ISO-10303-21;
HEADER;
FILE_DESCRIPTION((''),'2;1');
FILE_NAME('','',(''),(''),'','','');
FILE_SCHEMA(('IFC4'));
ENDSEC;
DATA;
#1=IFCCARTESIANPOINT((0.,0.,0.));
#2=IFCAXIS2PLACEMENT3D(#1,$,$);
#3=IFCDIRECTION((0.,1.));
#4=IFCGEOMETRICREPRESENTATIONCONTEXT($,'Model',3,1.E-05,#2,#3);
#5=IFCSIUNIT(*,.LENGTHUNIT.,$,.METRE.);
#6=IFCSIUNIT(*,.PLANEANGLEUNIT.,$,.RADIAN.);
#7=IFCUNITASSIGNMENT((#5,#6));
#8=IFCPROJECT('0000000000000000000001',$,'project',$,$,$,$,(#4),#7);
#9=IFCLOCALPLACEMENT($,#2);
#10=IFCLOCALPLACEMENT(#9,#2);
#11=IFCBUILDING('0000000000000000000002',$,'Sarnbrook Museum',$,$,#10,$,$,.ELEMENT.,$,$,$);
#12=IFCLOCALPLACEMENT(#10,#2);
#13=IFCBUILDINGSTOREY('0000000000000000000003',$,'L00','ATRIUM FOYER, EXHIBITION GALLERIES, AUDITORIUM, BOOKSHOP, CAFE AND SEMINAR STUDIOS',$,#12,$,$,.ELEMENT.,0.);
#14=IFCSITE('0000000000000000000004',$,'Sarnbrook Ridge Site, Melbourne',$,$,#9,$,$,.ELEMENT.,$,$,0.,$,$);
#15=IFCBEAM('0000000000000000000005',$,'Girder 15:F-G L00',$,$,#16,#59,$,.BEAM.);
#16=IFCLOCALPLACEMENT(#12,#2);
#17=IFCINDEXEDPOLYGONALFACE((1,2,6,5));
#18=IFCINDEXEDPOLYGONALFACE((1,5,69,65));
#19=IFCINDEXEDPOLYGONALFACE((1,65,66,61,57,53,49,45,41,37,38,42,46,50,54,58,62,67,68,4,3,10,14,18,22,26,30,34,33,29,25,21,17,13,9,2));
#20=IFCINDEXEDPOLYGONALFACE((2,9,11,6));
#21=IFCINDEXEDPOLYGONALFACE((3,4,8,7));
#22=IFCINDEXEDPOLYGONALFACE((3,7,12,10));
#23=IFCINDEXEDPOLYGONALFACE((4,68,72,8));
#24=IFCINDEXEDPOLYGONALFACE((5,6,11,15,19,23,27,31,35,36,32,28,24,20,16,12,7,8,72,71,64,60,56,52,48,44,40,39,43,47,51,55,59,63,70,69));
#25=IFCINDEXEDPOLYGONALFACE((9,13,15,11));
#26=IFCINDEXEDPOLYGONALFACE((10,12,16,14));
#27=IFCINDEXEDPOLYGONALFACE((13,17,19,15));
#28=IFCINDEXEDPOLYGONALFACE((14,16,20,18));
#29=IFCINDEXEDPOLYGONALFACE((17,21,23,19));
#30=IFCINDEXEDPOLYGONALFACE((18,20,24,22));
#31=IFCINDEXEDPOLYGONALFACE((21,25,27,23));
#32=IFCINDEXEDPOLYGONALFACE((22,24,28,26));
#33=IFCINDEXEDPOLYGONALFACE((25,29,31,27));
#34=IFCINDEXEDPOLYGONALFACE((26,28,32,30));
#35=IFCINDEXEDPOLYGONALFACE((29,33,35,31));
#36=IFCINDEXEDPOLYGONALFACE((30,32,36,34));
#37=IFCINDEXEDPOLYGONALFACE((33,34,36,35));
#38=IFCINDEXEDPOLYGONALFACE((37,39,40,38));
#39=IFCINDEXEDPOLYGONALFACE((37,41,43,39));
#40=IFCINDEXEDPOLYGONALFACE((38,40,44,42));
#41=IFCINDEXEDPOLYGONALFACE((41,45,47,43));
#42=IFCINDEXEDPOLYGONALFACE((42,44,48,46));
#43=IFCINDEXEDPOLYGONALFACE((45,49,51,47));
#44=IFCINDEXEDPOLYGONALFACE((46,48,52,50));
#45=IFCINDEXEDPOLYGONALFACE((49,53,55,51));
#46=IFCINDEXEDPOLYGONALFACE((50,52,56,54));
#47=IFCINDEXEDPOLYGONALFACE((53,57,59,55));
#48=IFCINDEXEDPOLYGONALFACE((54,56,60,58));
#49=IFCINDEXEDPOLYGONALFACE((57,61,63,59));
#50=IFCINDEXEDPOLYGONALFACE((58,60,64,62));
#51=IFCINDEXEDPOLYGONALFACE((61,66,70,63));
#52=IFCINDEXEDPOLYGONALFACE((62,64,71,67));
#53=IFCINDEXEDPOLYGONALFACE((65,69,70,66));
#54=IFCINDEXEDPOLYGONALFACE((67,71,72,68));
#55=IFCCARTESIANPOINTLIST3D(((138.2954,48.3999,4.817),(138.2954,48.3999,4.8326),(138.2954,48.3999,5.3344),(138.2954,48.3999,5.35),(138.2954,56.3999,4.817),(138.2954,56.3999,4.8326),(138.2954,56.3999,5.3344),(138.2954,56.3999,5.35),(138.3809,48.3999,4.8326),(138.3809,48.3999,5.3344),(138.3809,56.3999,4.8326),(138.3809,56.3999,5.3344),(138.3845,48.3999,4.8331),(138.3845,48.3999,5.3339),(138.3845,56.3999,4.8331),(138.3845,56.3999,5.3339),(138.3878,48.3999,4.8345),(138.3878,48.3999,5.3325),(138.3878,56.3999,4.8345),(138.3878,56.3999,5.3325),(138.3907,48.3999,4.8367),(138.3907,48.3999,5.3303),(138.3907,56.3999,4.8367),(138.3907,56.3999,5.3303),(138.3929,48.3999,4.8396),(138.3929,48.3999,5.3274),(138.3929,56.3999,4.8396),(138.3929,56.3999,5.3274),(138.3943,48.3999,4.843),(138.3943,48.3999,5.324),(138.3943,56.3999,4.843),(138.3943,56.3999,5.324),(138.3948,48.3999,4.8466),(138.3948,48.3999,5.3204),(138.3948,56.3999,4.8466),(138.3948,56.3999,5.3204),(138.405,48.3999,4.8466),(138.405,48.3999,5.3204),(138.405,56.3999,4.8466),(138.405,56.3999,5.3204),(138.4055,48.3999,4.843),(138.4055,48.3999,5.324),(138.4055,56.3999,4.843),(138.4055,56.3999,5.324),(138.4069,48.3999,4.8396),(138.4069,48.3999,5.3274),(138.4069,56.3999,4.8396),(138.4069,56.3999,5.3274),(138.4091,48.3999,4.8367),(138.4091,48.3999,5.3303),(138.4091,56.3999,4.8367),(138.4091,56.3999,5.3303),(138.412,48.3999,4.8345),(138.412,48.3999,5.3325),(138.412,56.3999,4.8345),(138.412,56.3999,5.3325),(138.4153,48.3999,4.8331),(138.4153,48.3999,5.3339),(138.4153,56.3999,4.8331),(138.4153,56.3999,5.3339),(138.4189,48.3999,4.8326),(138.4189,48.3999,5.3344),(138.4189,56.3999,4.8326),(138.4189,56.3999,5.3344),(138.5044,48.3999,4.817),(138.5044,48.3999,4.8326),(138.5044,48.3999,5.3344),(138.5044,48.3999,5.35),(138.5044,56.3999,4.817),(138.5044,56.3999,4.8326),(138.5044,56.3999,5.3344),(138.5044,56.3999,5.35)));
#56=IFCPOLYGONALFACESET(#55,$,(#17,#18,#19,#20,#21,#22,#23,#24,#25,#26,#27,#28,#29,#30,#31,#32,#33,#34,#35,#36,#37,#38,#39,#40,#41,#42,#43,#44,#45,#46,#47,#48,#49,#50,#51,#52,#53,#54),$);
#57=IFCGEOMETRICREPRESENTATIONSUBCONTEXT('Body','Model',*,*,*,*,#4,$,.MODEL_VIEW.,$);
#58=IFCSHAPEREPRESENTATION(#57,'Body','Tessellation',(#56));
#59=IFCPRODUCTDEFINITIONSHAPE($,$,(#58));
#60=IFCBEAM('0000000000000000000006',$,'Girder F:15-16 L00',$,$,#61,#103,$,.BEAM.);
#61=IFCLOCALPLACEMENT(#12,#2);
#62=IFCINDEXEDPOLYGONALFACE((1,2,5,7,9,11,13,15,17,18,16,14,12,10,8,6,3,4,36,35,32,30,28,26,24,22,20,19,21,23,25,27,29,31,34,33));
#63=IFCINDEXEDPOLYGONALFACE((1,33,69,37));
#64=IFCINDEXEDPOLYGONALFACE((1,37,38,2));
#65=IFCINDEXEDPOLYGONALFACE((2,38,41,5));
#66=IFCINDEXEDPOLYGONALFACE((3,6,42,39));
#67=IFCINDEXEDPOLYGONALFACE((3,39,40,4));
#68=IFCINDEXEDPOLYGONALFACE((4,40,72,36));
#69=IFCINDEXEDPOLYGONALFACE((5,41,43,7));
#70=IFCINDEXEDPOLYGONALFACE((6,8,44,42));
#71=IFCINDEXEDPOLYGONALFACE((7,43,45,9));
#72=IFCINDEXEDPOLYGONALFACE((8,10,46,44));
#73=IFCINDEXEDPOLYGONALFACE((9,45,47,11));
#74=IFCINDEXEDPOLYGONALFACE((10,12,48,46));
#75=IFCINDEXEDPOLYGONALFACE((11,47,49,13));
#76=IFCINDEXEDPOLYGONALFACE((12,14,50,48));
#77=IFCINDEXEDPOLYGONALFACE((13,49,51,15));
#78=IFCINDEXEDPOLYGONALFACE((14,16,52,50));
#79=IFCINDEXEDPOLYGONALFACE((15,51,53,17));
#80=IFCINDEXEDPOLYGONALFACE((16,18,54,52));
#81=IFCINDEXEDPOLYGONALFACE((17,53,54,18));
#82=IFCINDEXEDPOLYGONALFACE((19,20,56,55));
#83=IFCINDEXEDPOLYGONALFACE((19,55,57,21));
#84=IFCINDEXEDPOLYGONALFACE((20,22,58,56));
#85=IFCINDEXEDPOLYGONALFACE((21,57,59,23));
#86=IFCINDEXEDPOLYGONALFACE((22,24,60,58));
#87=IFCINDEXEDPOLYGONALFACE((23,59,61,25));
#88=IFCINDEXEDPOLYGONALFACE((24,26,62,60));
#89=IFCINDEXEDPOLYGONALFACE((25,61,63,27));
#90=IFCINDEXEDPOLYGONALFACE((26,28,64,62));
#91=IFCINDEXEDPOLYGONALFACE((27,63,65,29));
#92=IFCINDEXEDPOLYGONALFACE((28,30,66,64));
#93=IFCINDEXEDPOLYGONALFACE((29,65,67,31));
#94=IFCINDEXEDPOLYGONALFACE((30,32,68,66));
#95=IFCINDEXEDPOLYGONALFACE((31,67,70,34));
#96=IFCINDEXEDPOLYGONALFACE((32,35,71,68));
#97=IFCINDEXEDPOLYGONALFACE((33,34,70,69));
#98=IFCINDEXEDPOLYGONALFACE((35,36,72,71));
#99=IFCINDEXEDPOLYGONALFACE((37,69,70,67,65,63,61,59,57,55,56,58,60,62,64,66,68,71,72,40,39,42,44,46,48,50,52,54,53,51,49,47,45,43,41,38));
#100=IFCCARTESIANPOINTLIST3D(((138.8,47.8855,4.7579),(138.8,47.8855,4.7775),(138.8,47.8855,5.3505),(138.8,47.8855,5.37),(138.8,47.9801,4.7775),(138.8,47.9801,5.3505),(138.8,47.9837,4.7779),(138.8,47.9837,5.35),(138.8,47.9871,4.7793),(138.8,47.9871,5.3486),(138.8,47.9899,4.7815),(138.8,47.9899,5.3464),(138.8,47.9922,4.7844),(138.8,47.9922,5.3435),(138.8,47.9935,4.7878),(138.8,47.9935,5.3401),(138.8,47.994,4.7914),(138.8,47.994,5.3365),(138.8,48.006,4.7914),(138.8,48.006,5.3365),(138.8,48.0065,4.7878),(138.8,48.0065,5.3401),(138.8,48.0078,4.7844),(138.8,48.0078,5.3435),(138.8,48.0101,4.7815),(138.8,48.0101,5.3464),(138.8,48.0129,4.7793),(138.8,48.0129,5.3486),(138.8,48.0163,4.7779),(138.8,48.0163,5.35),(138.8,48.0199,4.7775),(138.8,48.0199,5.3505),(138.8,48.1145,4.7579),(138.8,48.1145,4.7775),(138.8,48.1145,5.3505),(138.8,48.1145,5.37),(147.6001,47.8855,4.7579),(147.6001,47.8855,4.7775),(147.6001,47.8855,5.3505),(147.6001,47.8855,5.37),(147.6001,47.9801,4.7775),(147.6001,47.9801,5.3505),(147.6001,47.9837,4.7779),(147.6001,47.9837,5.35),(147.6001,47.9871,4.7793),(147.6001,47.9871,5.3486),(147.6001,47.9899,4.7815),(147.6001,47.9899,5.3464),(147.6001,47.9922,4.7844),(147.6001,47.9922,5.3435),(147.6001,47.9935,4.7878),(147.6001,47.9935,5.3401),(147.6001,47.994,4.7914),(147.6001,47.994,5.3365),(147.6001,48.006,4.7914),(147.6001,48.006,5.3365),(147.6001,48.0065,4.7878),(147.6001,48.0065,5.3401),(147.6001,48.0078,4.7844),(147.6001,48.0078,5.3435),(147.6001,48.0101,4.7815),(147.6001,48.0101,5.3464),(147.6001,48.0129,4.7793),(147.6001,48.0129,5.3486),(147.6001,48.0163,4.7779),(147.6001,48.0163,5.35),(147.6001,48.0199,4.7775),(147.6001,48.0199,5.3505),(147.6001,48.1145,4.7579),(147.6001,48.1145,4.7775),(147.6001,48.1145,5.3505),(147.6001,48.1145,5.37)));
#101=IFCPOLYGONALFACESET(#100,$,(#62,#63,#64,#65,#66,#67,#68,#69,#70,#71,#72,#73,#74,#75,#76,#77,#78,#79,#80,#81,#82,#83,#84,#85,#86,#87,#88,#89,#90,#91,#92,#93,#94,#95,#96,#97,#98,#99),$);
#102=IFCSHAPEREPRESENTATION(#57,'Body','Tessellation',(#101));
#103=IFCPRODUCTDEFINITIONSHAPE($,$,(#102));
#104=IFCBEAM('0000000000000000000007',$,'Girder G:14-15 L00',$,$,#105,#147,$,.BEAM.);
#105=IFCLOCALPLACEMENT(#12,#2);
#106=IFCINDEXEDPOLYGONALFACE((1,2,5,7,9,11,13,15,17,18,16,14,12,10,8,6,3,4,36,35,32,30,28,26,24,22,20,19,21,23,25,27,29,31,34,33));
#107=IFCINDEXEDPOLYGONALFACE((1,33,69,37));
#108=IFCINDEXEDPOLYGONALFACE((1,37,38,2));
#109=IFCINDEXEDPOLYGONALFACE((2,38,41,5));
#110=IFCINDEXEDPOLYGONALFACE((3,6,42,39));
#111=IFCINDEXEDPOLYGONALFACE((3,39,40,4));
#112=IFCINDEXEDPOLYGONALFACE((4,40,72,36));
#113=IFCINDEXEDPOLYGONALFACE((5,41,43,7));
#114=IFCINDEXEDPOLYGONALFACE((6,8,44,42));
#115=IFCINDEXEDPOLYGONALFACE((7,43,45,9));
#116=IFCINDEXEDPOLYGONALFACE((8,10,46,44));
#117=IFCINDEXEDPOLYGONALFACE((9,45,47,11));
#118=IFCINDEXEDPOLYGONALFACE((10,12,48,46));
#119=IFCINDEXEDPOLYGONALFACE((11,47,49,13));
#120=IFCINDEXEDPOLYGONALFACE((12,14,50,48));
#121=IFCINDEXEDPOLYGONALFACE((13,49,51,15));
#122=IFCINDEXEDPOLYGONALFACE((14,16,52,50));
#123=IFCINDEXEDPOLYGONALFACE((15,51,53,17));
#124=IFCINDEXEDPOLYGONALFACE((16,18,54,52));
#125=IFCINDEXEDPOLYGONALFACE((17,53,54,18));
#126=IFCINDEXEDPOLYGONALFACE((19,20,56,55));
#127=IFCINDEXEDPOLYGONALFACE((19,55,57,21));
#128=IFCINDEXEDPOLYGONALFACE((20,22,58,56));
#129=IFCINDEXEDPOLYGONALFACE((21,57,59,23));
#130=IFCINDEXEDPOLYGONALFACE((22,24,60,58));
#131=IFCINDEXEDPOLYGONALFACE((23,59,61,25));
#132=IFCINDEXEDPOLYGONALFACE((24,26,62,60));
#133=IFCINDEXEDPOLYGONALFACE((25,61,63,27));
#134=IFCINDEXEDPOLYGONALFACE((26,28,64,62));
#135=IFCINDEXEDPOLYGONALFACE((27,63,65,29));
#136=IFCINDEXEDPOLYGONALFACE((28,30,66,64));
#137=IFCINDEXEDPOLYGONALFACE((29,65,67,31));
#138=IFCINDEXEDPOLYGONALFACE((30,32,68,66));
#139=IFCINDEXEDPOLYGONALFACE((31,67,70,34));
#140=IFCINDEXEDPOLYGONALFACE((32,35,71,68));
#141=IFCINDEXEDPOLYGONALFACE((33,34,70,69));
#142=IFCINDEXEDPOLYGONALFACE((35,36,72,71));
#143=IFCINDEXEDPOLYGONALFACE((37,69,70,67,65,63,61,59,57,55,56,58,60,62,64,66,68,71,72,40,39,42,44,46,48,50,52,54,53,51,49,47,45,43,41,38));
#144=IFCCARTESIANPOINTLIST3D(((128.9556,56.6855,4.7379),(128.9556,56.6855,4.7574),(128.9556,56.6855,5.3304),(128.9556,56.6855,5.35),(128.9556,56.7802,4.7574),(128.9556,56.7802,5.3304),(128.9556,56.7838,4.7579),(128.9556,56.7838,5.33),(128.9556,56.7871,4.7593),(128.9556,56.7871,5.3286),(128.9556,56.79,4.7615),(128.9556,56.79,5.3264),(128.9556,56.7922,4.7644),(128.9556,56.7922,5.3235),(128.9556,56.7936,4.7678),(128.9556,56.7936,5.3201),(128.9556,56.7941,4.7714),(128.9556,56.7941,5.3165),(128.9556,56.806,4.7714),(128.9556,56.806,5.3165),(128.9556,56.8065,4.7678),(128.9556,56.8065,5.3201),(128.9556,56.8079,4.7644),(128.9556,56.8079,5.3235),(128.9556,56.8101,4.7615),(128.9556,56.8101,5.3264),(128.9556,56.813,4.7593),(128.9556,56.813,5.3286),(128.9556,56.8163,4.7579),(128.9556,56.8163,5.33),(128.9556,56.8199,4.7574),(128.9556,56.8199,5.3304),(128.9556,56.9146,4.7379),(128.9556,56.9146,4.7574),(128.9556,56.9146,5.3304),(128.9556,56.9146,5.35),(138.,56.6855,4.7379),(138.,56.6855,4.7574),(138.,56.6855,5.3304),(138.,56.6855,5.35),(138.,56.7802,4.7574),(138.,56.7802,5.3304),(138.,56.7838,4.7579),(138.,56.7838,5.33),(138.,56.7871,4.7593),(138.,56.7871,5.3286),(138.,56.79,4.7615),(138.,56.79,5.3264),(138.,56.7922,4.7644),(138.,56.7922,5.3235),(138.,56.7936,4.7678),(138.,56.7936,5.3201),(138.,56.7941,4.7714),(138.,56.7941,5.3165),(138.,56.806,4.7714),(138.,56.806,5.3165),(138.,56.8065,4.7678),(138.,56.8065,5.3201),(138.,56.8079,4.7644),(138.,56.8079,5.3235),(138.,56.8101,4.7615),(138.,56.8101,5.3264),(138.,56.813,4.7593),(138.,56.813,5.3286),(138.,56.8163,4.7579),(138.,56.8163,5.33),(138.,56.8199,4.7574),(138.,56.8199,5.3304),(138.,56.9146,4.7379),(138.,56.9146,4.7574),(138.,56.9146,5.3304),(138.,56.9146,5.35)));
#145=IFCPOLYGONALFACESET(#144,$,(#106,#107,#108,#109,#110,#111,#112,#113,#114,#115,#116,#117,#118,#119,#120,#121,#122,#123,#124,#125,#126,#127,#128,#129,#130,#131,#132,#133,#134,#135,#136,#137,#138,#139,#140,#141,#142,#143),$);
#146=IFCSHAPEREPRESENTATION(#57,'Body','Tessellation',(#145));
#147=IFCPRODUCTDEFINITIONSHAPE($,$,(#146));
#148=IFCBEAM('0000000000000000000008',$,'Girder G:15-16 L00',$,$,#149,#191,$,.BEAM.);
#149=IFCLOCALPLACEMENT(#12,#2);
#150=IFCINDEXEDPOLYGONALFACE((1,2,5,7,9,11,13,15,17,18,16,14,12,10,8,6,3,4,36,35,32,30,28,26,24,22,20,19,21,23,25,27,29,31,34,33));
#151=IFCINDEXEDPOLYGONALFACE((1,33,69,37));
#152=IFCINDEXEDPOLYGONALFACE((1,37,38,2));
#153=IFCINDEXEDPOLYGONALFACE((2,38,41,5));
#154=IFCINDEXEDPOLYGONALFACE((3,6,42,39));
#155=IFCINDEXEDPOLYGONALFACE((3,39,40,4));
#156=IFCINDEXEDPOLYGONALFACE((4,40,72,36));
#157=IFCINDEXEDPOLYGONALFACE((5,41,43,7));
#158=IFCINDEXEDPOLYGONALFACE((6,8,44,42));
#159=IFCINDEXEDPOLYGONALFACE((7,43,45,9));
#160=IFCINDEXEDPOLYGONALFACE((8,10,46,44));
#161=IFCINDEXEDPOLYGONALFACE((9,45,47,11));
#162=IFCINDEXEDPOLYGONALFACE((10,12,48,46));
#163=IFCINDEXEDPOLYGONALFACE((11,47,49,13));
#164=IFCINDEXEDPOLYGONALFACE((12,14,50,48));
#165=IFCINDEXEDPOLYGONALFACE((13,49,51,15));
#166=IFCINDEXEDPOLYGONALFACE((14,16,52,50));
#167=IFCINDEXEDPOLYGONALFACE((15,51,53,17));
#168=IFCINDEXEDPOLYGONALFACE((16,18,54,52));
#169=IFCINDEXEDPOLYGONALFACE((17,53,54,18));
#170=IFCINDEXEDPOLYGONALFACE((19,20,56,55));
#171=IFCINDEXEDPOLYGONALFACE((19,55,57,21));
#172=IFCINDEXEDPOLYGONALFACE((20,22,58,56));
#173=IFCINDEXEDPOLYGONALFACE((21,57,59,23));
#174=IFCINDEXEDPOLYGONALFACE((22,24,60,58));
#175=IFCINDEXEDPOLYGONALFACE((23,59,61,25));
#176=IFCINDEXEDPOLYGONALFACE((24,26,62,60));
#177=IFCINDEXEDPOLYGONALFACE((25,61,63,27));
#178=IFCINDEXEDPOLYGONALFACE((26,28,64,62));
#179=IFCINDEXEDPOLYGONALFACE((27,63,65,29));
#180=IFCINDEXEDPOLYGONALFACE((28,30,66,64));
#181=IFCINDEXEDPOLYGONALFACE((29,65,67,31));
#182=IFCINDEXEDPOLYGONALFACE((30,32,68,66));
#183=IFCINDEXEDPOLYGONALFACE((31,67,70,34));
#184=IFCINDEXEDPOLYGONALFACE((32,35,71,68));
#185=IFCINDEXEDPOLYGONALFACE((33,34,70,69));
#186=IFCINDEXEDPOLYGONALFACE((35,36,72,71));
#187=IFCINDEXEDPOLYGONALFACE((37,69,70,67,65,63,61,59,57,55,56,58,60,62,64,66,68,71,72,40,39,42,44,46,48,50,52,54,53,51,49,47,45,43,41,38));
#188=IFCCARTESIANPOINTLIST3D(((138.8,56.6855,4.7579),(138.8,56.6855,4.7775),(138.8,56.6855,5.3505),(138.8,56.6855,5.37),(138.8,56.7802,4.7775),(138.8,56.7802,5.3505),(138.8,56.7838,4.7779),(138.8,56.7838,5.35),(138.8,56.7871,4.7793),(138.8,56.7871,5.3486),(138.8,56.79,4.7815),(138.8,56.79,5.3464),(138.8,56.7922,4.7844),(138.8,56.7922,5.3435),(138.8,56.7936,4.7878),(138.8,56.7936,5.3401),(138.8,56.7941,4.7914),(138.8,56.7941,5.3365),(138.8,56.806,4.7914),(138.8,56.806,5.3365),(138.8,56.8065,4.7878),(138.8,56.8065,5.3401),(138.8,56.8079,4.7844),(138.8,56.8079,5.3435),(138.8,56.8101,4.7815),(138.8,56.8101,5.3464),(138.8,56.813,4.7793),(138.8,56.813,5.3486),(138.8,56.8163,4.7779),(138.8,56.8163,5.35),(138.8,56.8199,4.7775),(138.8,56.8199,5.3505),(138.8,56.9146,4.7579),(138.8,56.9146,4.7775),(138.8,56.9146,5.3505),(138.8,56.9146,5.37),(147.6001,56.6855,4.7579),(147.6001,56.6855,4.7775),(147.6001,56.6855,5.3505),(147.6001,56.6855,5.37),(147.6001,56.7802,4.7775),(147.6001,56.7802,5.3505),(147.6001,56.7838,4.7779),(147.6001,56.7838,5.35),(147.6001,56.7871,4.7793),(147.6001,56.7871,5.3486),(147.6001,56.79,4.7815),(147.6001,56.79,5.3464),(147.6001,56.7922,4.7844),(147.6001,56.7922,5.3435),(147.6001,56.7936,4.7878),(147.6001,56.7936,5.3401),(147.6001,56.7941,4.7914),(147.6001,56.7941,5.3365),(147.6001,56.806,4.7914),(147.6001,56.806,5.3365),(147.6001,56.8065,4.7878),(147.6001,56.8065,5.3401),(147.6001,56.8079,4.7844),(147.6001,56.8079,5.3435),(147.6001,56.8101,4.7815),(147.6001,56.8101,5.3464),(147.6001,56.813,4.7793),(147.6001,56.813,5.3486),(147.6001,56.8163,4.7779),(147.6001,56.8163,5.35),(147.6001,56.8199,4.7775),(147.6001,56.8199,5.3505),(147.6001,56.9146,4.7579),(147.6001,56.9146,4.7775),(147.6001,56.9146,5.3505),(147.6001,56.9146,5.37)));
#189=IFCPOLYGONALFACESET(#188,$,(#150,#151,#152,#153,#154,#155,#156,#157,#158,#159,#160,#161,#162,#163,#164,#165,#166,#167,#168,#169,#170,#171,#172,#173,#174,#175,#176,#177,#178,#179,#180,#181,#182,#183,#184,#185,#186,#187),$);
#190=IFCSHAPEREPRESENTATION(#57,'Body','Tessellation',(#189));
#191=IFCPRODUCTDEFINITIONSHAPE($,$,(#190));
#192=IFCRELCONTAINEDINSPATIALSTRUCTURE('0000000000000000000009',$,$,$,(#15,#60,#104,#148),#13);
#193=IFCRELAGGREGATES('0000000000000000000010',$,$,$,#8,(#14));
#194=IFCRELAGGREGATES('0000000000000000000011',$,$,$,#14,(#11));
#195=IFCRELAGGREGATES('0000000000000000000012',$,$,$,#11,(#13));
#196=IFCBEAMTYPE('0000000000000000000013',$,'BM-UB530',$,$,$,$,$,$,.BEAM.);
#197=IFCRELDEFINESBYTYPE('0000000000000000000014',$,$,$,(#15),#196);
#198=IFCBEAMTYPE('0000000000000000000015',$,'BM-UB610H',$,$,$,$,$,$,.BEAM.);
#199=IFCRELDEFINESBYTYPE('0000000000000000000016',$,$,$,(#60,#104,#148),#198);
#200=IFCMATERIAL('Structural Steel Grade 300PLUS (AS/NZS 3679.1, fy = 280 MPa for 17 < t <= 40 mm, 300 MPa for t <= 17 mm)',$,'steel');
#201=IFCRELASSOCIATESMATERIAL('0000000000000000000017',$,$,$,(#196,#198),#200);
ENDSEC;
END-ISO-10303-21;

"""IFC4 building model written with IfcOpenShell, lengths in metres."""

from ifc_helpers import new_model, si_unit, direction, frame, origin, origin_2d, place, context, subcontext, project, spatial, i_section, extrude, material, material_profile, profile_set, type_object, element, save


model = new_model("IFC4")

# Units and contexts
model_context = context("Model", 3, precision=1e-05, world=origin(), true_north=direction((0.0, 1.0)))
body_context = subcontext(model_context, "Body", "Model", "MODEL_VIEW")
ifc_project = project(units=[si_unit("LENGTHUNIT", "METRE"), si_unit("PLANEANGLEUNIT", "RADIAN")], contexts=[model_context])

# Site, building, storey
site_placement = place(None, origin())
site = spatial("IfcSite", under=ifc_project, at=site_placement, Name="Sarnbrook Ridge Site, Melbourne", CompositionType="ELEMENT", RefElevation=0.0)
building_placement = place(site_placement, origin())
building = spatial("IfcBuilding", under=site, at=building_placement, Name="Sarnbrook Museum", CompositionType="ELEMENT")
storey_placement = place(building_placement, origin())
storey = spatial("IfcBuildingStorey", under=building, at=storey_placement, Name="L00", Description="ATRIUM FOYER, EXHIBITION GALLERIES, AUDITORIUM, BOOKSHOP, CAFE AND SEMINAR STUDIOS", CompositionType="ELEMENT", Elevation=0.0)

# Shared definitions
ifc_material_1 = material(Name="Structural Steel Grade 300PLUS (AS/NZS 3679.1, fy = 280 MPa for 17 < t <= 40 mm, 300 MPa for t <= 17 mm)", Category="steel")

# Beams
ifc_material_profile_1 = material_profile(ifc_material_1, i_section(OverallWidth=0.209, OverallDepth=0.533, WebThickness=0.0103, FlangeThickness=0.0156, FilletRadius=0.0139, at=origin_2d()), Name="530UB92.4")
ifc_profile_set_1 = profile_set([ifc_material_profile_1], Name="Structural Steel Grade 300PLUS (AS/NZS 3679.1, fy = 280 MPa for 17 < t <= 40 mm, 300 MPa for t <= 17 mm)")
beam_type_1 = type_object("IfcBeamType", Name="BM-UB530", PredefinedType="BEAM", material=ifc_profile_set_1)
beam_1_placement = place(storey_placement, frame((138.3999, 48.3999, 5.0835), z_axis=(0.0, 1.0, 0.0), x_axis=(-1.0, 0.0, 0.0)))
element("IfcBeam", 1, at=beam_1_placement, inside=storey, type_object=beam_type_1, Name="Girder 15:F-G L00", PredefinedType="BEAM", context=body_context, shape_type="SweptSolid", body=[
    extrude(i_section(OverallWidth=0.209, OverallDepth=0.533, WebThickness=0.0103, FlangeThickness=0.0156, FilletRadius=0.0139, at=origin_2d()), origin(), (0.0, 0.0, 1.0), 8.0),
])
ifc_material_profile_2 = material_profile(ifc_material_1, i_section(OverallWidth=0.229, OverallDepth=0.6121, WebThickness=0.012, FlangeThickness=0.0195, FilletRadius=0.0139, at=origin_2d()), Name="610UB125")
ifc_profile_set_2 = profile_set([ifc_material_profile_2], Name="Structural Steel Grade 300PLUS (AS/NZS 3679.1, fy = 280 MPa for 17 < t <= 40 mm, 300 MPa for t <= 17 mm)")
beam_type_2 = type_object("IfcBeamType", Name="BM-UB610H", PredefinedType="BEAM", material=ifc_profile_set_2)
beam_2_placement = place(storey_placement, frame((138.8, 48.0, 5.064), z_axis=(1.0, 0.0, 0.0), x_axis=(0.0, 1.0, 0.0)))
element("IfcBeam", 2, at=beam_2_placement, inside=storey, type_object=beam_type_2, Name="Girder F:15-16 L00", PredefinedType="BEAM", context=body_context, shape_type="SweptSolid", body=[
    extrude(i_section(OverallWidth=0.229, OverallDepth=0.6121, WebThickness=0.012, FlangeThickness=0.0195, FilletRadius=0.0139, at=origin_2d()), origin(), (0.0, 0.0, 1.0), 8.8),
])
beam_3_placement = place(storey_placement, frame((128.9556, 56.8, 5.0439), z_axis=(1.0, 0.0, 0.0), x_axis=(0.0, 1.0, 0.0)))
element("IfcBeam", 3, at=beam_3_placement, inside=storey, type_object=beam_type_2, Name="Girder G:14-15 L00", PredefinedType="BEAM", context=body_context, shape_type="SweptSolid", body=[
    extrude(i_section(OverallWidth=0.229, OverallDepth=0.6121, WebThickness=0.012, FlangeThickness=0.0195, FilletRadius=0.0139, at=origin_2d()), origin(), (0.0, 0.0, 1.0), 9.0444),
])
beam_4_placement = place(storey_placement, frame((138.8, 56.8, 5.064), z_axis=(1.0, 0.0, 0.0), x_axis=(0.0, 1.0, 0.0)))
element("IfcBeam", 4, at=beam_4_placement, inside=storey, type_object=beam_type_2, Name="Girder G:15-16 L00", PredefinedType="BEAM", context=body_context, shape_type="SweptSolid", body=[
    extrude(i_section(OverallWidth=0.229, OverallDepth=0.6121, WebThickness=0.012, FlangeThickness=0.0195, FilletRadius=0.0139, at=origin_2d()), origin(), (0.0, 0.0, 1.0), 8.8),
])

save(model, "model.ifc")
